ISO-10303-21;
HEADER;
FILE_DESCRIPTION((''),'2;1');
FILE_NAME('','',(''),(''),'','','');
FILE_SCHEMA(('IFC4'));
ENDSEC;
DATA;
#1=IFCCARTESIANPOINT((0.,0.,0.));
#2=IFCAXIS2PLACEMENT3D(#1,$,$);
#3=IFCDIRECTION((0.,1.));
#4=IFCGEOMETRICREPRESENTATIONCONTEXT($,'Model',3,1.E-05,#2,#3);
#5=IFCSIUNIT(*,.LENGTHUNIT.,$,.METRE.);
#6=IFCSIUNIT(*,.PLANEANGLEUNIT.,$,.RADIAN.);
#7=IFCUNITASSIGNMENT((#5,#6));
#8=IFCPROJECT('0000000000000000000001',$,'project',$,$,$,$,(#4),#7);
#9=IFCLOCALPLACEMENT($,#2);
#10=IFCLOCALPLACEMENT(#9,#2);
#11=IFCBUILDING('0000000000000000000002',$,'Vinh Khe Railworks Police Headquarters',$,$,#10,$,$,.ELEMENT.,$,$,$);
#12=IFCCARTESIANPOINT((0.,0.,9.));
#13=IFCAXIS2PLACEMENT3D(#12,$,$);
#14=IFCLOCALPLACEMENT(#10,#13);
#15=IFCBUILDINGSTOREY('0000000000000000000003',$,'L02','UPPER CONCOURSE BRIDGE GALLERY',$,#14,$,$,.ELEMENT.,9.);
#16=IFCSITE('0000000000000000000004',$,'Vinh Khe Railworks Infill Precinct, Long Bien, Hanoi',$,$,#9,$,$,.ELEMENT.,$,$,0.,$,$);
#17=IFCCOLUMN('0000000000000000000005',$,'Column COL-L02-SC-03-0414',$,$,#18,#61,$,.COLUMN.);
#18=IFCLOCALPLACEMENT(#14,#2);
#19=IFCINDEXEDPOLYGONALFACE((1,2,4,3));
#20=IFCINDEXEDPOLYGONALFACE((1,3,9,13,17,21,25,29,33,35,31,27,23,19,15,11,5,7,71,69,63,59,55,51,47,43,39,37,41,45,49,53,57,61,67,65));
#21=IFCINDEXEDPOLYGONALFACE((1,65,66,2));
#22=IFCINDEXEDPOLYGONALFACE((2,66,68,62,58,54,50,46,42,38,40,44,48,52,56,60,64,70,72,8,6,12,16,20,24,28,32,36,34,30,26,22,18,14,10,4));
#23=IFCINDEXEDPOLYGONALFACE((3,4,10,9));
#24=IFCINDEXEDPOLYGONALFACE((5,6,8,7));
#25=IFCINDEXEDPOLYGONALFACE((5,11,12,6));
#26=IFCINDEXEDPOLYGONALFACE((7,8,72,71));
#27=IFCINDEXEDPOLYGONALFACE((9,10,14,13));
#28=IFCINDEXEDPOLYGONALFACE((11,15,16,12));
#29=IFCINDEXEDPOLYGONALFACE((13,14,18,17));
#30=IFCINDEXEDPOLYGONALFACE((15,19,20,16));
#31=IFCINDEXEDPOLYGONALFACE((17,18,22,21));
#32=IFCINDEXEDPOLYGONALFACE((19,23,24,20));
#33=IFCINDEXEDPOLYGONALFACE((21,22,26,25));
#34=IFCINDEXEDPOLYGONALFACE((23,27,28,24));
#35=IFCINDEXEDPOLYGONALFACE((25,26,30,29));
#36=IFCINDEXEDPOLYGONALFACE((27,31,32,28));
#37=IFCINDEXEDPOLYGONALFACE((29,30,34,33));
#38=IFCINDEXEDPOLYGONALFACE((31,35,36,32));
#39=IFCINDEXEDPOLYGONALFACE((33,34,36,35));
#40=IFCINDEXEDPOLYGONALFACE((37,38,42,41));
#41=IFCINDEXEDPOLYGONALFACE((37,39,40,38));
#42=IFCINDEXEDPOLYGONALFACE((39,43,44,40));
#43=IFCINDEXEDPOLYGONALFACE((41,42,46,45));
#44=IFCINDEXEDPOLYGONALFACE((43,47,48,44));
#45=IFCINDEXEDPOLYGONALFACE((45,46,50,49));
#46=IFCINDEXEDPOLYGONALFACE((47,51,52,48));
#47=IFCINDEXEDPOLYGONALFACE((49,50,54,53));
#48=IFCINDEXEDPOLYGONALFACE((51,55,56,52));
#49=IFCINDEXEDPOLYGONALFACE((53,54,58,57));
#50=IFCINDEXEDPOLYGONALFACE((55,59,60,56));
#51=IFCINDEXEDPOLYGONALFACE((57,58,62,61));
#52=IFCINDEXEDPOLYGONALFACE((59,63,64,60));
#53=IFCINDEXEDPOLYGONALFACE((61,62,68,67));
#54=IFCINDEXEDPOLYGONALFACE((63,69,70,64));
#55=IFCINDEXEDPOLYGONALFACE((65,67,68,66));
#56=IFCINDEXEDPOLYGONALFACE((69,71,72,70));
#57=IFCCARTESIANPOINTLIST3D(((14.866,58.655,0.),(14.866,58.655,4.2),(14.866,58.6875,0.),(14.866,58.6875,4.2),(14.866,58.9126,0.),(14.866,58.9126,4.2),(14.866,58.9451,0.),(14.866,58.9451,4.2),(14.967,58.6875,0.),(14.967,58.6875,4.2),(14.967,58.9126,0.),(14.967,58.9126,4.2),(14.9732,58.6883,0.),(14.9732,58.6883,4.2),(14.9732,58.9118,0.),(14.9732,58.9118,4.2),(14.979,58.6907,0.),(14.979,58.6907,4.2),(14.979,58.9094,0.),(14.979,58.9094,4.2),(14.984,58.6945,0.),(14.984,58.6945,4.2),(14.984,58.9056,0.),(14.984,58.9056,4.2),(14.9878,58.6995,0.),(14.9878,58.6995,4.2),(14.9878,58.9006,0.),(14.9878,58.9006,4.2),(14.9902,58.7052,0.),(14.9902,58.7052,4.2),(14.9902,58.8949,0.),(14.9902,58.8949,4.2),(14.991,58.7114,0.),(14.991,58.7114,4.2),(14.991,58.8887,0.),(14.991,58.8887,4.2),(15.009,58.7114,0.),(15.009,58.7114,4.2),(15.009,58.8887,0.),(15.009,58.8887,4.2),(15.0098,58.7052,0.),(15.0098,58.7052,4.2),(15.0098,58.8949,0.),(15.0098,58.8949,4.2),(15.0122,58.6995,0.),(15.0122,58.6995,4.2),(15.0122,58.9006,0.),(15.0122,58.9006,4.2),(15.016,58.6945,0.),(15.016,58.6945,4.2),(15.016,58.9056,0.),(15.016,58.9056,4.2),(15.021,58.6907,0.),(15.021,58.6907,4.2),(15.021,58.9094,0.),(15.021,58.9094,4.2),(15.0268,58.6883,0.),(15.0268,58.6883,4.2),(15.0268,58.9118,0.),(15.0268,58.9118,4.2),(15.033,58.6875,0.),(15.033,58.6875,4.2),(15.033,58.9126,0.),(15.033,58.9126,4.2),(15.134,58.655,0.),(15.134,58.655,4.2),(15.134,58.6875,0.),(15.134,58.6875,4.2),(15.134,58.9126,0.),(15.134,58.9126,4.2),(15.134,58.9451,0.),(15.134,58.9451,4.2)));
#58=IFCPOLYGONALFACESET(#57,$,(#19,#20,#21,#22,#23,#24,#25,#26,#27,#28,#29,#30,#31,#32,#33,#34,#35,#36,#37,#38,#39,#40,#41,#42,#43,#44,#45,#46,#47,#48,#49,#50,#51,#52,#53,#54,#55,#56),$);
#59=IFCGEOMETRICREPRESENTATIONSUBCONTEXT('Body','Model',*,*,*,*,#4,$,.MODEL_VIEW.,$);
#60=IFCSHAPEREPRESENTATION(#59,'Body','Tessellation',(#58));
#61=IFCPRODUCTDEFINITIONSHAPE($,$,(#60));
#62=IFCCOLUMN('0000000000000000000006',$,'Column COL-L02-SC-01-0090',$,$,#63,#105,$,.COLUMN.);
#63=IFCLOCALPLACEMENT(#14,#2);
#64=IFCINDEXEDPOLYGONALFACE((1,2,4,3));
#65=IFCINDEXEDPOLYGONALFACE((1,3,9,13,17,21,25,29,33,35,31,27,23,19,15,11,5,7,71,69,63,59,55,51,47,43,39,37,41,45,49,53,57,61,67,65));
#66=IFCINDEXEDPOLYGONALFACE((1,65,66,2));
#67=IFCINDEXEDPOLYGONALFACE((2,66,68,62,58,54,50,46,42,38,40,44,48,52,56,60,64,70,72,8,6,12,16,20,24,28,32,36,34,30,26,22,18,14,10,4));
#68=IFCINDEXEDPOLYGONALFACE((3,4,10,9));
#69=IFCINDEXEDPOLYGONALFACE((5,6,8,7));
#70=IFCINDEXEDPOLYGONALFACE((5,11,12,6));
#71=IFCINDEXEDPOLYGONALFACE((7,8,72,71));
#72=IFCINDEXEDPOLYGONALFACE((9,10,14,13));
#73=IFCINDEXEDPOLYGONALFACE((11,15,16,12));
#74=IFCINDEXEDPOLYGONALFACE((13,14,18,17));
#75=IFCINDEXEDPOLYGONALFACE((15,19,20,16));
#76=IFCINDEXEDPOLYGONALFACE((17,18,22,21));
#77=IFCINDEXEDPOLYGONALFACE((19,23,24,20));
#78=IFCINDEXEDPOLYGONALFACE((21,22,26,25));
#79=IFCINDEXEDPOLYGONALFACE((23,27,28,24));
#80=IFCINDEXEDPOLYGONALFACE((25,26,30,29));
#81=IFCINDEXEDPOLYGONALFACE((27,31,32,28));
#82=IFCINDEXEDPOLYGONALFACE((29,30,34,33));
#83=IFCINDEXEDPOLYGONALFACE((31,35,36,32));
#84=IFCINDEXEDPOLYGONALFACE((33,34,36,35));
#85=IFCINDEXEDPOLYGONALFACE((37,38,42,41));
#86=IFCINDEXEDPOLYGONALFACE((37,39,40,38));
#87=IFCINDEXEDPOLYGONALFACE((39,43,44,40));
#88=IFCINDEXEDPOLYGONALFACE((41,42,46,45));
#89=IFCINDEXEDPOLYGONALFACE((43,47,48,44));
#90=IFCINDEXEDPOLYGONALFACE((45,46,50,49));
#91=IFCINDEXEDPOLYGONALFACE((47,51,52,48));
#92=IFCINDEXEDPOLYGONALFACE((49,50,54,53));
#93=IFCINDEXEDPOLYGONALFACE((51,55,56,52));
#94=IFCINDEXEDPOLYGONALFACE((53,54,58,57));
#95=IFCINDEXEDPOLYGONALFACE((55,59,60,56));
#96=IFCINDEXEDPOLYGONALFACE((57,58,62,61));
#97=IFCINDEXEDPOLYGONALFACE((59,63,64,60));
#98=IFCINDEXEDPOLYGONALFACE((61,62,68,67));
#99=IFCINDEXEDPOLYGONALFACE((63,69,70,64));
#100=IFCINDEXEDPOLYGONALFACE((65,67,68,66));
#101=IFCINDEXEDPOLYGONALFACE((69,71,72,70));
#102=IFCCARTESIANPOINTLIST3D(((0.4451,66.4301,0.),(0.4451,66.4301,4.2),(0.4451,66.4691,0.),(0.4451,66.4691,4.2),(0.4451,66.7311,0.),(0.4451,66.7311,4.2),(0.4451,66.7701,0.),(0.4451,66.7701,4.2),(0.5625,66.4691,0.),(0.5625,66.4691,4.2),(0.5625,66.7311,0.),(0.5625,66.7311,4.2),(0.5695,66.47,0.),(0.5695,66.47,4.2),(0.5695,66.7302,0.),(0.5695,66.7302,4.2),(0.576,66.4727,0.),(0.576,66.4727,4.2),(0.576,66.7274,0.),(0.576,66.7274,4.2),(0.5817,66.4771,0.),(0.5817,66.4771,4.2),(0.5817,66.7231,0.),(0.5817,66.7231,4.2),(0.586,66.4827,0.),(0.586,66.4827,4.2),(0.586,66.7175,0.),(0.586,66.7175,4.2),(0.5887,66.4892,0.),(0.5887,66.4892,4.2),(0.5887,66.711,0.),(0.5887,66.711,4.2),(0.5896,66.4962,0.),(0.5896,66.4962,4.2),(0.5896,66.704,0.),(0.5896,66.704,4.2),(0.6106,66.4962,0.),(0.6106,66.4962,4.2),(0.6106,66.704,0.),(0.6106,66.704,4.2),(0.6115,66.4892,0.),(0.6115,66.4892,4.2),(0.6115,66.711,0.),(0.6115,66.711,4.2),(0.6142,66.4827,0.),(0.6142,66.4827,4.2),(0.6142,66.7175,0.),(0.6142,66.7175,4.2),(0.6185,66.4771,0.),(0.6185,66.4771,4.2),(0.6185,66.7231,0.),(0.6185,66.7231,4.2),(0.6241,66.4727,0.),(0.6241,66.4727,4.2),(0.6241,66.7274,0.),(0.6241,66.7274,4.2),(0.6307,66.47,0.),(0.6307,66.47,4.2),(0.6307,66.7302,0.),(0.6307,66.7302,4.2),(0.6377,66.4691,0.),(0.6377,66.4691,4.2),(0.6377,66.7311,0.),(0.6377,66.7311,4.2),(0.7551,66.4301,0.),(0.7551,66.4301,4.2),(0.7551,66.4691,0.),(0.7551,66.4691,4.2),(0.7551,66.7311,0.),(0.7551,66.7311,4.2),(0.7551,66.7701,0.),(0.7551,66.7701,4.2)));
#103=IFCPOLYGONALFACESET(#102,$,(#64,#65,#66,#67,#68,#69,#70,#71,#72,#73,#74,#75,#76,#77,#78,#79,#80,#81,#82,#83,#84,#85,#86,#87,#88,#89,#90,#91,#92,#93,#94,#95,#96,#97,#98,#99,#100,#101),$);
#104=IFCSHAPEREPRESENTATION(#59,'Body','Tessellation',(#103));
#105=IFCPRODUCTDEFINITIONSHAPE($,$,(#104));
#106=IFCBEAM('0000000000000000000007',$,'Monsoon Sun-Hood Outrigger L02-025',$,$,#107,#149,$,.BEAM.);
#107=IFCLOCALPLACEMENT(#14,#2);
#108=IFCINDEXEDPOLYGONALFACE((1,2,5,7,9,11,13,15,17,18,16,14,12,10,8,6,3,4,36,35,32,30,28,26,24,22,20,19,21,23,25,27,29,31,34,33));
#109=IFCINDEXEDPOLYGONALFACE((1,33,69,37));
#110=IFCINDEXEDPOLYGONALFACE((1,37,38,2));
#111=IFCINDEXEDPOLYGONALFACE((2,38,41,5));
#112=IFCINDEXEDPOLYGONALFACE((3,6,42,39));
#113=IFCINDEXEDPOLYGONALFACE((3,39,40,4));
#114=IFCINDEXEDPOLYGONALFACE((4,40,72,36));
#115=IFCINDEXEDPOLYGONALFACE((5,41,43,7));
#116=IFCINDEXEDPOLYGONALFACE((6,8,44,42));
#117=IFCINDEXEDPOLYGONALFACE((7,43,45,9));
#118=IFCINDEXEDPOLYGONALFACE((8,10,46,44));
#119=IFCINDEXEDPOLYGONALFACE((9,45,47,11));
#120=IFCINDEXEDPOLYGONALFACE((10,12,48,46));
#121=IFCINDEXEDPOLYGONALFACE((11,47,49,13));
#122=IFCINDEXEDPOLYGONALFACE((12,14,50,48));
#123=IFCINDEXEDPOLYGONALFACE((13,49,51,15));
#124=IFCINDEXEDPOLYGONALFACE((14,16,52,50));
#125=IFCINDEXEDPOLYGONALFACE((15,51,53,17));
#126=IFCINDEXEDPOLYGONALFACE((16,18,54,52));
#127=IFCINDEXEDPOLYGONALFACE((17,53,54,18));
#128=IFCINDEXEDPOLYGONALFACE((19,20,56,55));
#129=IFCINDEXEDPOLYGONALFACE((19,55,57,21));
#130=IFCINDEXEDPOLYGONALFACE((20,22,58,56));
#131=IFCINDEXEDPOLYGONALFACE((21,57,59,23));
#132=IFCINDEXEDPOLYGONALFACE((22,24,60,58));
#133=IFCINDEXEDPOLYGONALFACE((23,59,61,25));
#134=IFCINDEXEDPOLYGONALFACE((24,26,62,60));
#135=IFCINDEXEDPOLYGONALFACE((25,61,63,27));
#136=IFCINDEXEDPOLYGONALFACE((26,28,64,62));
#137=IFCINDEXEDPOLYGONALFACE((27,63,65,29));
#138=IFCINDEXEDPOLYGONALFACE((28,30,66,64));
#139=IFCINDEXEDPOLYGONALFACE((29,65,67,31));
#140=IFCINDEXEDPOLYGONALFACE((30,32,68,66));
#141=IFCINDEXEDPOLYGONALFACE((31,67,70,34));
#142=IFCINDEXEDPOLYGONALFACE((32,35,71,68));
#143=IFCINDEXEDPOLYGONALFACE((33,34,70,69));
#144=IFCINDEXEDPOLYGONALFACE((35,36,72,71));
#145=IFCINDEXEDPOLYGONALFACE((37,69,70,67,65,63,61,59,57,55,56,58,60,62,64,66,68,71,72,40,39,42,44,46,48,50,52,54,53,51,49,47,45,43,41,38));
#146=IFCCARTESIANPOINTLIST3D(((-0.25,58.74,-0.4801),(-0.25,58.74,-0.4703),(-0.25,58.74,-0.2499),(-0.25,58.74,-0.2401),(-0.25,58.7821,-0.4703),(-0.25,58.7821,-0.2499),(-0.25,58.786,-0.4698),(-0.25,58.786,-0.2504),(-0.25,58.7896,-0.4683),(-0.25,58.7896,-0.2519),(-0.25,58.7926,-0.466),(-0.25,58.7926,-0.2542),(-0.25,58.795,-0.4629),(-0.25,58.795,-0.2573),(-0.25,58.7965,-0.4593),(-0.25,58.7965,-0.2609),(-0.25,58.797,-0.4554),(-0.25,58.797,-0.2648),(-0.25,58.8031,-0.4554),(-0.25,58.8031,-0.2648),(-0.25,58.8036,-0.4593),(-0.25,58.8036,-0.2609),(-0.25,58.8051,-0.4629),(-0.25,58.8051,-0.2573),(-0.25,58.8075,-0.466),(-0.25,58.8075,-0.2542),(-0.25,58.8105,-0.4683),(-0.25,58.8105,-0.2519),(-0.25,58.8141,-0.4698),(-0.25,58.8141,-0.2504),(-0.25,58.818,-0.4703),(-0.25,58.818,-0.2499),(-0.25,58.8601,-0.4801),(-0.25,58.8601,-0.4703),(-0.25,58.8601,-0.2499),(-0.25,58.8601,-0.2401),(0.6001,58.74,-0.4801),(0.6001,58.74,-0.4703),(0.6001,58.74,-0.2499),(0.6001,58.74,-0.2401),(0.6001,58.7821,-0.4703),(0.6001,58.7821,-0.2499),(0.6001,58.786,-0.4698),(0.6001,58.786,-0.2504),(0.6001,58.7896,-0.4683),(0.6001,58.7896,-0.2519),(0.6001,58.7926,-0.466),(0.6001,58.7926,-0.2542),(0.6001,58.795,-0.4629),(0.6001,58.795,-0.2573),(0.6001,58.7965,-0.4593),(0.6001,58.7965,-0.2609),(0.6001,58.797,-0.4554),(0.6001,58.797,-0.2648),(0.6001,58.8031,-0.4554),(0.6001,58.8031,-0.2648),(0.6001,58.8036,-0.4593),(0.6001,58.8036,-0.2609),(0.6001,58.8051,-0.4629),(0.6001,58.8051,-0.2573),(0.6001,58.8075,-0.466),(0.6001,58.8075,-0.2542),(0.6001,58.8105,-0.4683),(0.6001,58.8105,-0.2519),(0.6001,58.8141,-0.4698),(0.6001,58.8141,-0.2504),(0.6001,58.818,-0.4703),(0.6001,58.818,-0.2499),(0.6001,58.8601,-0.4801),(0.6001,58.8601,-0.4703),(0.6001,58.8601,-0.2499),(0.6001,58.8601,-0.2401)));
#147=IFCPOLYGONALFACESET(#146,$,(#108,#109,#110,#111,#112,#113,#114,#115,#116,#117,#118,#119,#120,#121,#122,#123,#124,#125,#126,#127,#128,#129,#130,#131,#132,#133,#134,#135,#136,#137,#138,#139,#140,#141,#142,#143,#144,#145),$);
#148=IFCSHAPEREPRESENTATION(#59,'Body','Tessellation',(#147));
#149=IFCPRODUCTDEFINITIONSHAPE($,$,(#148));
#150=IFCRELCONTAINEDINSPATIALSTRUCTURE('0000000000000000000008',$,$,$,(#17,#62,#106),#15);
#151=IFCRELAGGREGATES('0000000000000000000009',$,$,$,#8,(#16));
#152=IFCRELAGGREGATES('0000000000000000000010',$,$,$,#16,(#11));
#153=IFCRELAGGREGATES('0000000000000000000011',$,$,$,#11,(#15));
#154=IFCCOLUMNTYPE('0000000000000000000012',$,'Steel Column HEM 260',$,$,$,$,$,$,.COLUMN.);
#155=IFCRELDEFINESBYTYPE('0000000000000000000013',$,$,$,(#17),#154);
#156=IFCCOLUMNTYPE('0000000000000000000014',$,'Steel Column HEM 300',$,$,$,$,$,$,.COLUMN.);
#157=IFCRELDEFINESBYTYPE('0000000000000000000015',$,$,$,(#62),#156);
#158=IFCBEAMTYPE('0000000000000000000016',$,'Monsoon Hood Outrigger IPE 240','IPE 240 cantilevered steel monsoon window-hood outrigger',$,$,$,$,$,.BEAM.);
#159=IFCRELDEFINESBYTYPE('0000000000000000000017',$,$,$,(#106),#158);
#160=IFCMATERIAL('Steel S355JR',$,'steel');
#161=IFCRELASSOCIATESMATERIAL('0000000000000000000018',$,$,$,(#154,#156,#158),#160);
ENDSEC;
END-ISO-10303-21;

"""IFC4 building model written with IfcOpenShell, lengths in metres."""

from ifc_helpers import new_model, si_unit, direction, frame, origin, origin_2d, place, context, subcontext, project, spatial, i_section, extrude, material, material_profile, profile_set, type_object, element, save


model = new_model("IFC4")

# Units and contexts
model_context = context("Model", 3, precision=1e-05, world=origin(), true_north=direction((0.0, 1.0)))
body_context = subcontext(model_context, "Body", "Model", "MODEL_VIEW")
ifc_project = project(units=[si_unit("LENGTHUNIT", "METRE"), si_unit("PLANEANGLEUNIT", "RADIAN")], contexts=[model_context])

# Site, building, storey
site_placement = place(None, origin())
site = spatial("IfcSite", under=ifc_project, at=site_placement, Name="Vinh Khe Railworks Infill Precinct, Long Bien, Hanoi", CompositionType="ELEMENT", RefElevation=0.0)
building_placement = place(site_placement, origin())
building = spatial("IfcBuilding", under=site, at=building_placement, Name="Vinh Khe Railworks Police Headquarters", CompositionType="ELEMENT")
storey_placement = place(building_placement, frame((0.0, 0.0, 9.0)))
storey = spatial("IfcBuildingStorey", under=building, at=storey_placement, Name="L02", Description="UPPER CONCOURSE BRIDGE GALLERY", CompositionType="ELEMENT", Elevation=9.0)

# Columns
ifc_material_1 = material(Name="Steel S355JR", Category="steel")
ifc_material_profile_1 = material_profile(ifc_material_1, i_section(OverallWidth=0.2681, OverallDepth=0.29, WebThickness=0.0181, FlangeThickness=0.0325, FilletRadius=0.0239, at=origin_2d()), Name="HEM 260")
ifc_profile_set_1 = profile_set([ifc_material_profile_1], Name="Steel S355JR")
column_type_1 = type_object("IfcColumnType", Name="Steel Column HEM 260", PredefinedType="COLUMN", material=ifc_profile_set_1)
column_1_placement = place(storey_placement, frame((15.0, 58.8, 0.0), z_axis=(0.0, 0.0, 1.0), x_axis=(1.0, 0.0, 0.0)))
element("IfcColumn", 1, at=column_1_placement, inside=storey, type_object=column_type_1, Name="Column COL-L02-SC-03-0414", PredefinedType="COLUMN", context=body_context, shape_type="SweptSolid", body=[
    extrude(i_section(OverallWidth=0.2681, OverallDepth=0.29, WebThickness=0.0181, FlangeThickness=0.0325, FilletRadius=0.0239, at=origin_2d()), origin(), (0.0, 0.0, 1.0), 4.2),
])
ifc_material_profile_2 = material_profile(ifc_material_1, i_section(OverallWidth=0.3101, OverallDepth=0.3401, WebThickness=0.021, FlangeThickness=0.0391, FilletRadius=0.0271, at=origin_2d()), Name="HEM 300")
ifc_profile_set_2 = profile_set([ifc_material_profile_2], Name="Steel S355JR")
column_type_2 = type_object("IfcColumnType", Name="Steel Column HEM 300", PredefinedType="COLUMN", material=ifc_profile_set_2)
column_2_placement = place(storey_placement, frame((0.6001, 66.6001, 0.0), z_axis=(0.0, 0.0, 1.0), x_axis=(1.0, 0.0, 0.0)))
element("IfcColumn", 2, at=column_2_placement, inside=storey, type_object=column_type_2, Name="Column COL-L02-SC-01-0090", PredefinedType="COLUMN", context=body_context, shape_type="SweptSolid", body=[
    extrude(i_section(OverallWidth=0.3101, OverallDepth=0.3401, WebThickness=0.021, FlangeThickness=0.0391, FilletRadius=0.0271, at=origin_2d()), origin(), (0.0, 0.0, 1.0), 4.2),
])

# Beam
ifc_material_profile_3 = material_profile(ifc_material_1, i_section(OverallWidth=0.1201, OverallDepth=0.24, WebThickness=0.0061, FlangeThickness=0.0098, FilletRadius=0.0149, at=origin_2d()), Name="IPE 240")
ifc_profile_set_3 = profile_set([ifc_material_profile_3], Name="Steel S355JR")
beam_type_1 = type_object("IfcBeamType", Name="Monsoon Hood Outrigger IPE 240", Description="IPE 240 cantilevered steel monsoon window-hood outrigger", PredefinedType="BEAM", material=ifc_profile_set_3)
beam_1_placement = place(storey_placement, frame((-0.25, 58.8, -0.3601), z_axis=(1.0, 0.0, 0.0), x_axis=(0.0, 1.0, 0.0)))
element("IfcBeam", 3, at=beam_1_placement, inside=storey, type_object=beam_type_1, Name="Monsoon Sun-Hood Outrigger L02-025", PredefinedType="BEAM", context=body_context, shape_type="SweptSolid", body=[
    extrude(i_section(OverallWidth=0.1201, OverallDepth=0.24, WebThickness=0.0061, FlangeThickness=0.0098, FilletRadius=0.0149, at=origin_2d()), origin(), (0.0, 0.0, 1.0), 0.8501),
])

save(model, "model.ifc")
